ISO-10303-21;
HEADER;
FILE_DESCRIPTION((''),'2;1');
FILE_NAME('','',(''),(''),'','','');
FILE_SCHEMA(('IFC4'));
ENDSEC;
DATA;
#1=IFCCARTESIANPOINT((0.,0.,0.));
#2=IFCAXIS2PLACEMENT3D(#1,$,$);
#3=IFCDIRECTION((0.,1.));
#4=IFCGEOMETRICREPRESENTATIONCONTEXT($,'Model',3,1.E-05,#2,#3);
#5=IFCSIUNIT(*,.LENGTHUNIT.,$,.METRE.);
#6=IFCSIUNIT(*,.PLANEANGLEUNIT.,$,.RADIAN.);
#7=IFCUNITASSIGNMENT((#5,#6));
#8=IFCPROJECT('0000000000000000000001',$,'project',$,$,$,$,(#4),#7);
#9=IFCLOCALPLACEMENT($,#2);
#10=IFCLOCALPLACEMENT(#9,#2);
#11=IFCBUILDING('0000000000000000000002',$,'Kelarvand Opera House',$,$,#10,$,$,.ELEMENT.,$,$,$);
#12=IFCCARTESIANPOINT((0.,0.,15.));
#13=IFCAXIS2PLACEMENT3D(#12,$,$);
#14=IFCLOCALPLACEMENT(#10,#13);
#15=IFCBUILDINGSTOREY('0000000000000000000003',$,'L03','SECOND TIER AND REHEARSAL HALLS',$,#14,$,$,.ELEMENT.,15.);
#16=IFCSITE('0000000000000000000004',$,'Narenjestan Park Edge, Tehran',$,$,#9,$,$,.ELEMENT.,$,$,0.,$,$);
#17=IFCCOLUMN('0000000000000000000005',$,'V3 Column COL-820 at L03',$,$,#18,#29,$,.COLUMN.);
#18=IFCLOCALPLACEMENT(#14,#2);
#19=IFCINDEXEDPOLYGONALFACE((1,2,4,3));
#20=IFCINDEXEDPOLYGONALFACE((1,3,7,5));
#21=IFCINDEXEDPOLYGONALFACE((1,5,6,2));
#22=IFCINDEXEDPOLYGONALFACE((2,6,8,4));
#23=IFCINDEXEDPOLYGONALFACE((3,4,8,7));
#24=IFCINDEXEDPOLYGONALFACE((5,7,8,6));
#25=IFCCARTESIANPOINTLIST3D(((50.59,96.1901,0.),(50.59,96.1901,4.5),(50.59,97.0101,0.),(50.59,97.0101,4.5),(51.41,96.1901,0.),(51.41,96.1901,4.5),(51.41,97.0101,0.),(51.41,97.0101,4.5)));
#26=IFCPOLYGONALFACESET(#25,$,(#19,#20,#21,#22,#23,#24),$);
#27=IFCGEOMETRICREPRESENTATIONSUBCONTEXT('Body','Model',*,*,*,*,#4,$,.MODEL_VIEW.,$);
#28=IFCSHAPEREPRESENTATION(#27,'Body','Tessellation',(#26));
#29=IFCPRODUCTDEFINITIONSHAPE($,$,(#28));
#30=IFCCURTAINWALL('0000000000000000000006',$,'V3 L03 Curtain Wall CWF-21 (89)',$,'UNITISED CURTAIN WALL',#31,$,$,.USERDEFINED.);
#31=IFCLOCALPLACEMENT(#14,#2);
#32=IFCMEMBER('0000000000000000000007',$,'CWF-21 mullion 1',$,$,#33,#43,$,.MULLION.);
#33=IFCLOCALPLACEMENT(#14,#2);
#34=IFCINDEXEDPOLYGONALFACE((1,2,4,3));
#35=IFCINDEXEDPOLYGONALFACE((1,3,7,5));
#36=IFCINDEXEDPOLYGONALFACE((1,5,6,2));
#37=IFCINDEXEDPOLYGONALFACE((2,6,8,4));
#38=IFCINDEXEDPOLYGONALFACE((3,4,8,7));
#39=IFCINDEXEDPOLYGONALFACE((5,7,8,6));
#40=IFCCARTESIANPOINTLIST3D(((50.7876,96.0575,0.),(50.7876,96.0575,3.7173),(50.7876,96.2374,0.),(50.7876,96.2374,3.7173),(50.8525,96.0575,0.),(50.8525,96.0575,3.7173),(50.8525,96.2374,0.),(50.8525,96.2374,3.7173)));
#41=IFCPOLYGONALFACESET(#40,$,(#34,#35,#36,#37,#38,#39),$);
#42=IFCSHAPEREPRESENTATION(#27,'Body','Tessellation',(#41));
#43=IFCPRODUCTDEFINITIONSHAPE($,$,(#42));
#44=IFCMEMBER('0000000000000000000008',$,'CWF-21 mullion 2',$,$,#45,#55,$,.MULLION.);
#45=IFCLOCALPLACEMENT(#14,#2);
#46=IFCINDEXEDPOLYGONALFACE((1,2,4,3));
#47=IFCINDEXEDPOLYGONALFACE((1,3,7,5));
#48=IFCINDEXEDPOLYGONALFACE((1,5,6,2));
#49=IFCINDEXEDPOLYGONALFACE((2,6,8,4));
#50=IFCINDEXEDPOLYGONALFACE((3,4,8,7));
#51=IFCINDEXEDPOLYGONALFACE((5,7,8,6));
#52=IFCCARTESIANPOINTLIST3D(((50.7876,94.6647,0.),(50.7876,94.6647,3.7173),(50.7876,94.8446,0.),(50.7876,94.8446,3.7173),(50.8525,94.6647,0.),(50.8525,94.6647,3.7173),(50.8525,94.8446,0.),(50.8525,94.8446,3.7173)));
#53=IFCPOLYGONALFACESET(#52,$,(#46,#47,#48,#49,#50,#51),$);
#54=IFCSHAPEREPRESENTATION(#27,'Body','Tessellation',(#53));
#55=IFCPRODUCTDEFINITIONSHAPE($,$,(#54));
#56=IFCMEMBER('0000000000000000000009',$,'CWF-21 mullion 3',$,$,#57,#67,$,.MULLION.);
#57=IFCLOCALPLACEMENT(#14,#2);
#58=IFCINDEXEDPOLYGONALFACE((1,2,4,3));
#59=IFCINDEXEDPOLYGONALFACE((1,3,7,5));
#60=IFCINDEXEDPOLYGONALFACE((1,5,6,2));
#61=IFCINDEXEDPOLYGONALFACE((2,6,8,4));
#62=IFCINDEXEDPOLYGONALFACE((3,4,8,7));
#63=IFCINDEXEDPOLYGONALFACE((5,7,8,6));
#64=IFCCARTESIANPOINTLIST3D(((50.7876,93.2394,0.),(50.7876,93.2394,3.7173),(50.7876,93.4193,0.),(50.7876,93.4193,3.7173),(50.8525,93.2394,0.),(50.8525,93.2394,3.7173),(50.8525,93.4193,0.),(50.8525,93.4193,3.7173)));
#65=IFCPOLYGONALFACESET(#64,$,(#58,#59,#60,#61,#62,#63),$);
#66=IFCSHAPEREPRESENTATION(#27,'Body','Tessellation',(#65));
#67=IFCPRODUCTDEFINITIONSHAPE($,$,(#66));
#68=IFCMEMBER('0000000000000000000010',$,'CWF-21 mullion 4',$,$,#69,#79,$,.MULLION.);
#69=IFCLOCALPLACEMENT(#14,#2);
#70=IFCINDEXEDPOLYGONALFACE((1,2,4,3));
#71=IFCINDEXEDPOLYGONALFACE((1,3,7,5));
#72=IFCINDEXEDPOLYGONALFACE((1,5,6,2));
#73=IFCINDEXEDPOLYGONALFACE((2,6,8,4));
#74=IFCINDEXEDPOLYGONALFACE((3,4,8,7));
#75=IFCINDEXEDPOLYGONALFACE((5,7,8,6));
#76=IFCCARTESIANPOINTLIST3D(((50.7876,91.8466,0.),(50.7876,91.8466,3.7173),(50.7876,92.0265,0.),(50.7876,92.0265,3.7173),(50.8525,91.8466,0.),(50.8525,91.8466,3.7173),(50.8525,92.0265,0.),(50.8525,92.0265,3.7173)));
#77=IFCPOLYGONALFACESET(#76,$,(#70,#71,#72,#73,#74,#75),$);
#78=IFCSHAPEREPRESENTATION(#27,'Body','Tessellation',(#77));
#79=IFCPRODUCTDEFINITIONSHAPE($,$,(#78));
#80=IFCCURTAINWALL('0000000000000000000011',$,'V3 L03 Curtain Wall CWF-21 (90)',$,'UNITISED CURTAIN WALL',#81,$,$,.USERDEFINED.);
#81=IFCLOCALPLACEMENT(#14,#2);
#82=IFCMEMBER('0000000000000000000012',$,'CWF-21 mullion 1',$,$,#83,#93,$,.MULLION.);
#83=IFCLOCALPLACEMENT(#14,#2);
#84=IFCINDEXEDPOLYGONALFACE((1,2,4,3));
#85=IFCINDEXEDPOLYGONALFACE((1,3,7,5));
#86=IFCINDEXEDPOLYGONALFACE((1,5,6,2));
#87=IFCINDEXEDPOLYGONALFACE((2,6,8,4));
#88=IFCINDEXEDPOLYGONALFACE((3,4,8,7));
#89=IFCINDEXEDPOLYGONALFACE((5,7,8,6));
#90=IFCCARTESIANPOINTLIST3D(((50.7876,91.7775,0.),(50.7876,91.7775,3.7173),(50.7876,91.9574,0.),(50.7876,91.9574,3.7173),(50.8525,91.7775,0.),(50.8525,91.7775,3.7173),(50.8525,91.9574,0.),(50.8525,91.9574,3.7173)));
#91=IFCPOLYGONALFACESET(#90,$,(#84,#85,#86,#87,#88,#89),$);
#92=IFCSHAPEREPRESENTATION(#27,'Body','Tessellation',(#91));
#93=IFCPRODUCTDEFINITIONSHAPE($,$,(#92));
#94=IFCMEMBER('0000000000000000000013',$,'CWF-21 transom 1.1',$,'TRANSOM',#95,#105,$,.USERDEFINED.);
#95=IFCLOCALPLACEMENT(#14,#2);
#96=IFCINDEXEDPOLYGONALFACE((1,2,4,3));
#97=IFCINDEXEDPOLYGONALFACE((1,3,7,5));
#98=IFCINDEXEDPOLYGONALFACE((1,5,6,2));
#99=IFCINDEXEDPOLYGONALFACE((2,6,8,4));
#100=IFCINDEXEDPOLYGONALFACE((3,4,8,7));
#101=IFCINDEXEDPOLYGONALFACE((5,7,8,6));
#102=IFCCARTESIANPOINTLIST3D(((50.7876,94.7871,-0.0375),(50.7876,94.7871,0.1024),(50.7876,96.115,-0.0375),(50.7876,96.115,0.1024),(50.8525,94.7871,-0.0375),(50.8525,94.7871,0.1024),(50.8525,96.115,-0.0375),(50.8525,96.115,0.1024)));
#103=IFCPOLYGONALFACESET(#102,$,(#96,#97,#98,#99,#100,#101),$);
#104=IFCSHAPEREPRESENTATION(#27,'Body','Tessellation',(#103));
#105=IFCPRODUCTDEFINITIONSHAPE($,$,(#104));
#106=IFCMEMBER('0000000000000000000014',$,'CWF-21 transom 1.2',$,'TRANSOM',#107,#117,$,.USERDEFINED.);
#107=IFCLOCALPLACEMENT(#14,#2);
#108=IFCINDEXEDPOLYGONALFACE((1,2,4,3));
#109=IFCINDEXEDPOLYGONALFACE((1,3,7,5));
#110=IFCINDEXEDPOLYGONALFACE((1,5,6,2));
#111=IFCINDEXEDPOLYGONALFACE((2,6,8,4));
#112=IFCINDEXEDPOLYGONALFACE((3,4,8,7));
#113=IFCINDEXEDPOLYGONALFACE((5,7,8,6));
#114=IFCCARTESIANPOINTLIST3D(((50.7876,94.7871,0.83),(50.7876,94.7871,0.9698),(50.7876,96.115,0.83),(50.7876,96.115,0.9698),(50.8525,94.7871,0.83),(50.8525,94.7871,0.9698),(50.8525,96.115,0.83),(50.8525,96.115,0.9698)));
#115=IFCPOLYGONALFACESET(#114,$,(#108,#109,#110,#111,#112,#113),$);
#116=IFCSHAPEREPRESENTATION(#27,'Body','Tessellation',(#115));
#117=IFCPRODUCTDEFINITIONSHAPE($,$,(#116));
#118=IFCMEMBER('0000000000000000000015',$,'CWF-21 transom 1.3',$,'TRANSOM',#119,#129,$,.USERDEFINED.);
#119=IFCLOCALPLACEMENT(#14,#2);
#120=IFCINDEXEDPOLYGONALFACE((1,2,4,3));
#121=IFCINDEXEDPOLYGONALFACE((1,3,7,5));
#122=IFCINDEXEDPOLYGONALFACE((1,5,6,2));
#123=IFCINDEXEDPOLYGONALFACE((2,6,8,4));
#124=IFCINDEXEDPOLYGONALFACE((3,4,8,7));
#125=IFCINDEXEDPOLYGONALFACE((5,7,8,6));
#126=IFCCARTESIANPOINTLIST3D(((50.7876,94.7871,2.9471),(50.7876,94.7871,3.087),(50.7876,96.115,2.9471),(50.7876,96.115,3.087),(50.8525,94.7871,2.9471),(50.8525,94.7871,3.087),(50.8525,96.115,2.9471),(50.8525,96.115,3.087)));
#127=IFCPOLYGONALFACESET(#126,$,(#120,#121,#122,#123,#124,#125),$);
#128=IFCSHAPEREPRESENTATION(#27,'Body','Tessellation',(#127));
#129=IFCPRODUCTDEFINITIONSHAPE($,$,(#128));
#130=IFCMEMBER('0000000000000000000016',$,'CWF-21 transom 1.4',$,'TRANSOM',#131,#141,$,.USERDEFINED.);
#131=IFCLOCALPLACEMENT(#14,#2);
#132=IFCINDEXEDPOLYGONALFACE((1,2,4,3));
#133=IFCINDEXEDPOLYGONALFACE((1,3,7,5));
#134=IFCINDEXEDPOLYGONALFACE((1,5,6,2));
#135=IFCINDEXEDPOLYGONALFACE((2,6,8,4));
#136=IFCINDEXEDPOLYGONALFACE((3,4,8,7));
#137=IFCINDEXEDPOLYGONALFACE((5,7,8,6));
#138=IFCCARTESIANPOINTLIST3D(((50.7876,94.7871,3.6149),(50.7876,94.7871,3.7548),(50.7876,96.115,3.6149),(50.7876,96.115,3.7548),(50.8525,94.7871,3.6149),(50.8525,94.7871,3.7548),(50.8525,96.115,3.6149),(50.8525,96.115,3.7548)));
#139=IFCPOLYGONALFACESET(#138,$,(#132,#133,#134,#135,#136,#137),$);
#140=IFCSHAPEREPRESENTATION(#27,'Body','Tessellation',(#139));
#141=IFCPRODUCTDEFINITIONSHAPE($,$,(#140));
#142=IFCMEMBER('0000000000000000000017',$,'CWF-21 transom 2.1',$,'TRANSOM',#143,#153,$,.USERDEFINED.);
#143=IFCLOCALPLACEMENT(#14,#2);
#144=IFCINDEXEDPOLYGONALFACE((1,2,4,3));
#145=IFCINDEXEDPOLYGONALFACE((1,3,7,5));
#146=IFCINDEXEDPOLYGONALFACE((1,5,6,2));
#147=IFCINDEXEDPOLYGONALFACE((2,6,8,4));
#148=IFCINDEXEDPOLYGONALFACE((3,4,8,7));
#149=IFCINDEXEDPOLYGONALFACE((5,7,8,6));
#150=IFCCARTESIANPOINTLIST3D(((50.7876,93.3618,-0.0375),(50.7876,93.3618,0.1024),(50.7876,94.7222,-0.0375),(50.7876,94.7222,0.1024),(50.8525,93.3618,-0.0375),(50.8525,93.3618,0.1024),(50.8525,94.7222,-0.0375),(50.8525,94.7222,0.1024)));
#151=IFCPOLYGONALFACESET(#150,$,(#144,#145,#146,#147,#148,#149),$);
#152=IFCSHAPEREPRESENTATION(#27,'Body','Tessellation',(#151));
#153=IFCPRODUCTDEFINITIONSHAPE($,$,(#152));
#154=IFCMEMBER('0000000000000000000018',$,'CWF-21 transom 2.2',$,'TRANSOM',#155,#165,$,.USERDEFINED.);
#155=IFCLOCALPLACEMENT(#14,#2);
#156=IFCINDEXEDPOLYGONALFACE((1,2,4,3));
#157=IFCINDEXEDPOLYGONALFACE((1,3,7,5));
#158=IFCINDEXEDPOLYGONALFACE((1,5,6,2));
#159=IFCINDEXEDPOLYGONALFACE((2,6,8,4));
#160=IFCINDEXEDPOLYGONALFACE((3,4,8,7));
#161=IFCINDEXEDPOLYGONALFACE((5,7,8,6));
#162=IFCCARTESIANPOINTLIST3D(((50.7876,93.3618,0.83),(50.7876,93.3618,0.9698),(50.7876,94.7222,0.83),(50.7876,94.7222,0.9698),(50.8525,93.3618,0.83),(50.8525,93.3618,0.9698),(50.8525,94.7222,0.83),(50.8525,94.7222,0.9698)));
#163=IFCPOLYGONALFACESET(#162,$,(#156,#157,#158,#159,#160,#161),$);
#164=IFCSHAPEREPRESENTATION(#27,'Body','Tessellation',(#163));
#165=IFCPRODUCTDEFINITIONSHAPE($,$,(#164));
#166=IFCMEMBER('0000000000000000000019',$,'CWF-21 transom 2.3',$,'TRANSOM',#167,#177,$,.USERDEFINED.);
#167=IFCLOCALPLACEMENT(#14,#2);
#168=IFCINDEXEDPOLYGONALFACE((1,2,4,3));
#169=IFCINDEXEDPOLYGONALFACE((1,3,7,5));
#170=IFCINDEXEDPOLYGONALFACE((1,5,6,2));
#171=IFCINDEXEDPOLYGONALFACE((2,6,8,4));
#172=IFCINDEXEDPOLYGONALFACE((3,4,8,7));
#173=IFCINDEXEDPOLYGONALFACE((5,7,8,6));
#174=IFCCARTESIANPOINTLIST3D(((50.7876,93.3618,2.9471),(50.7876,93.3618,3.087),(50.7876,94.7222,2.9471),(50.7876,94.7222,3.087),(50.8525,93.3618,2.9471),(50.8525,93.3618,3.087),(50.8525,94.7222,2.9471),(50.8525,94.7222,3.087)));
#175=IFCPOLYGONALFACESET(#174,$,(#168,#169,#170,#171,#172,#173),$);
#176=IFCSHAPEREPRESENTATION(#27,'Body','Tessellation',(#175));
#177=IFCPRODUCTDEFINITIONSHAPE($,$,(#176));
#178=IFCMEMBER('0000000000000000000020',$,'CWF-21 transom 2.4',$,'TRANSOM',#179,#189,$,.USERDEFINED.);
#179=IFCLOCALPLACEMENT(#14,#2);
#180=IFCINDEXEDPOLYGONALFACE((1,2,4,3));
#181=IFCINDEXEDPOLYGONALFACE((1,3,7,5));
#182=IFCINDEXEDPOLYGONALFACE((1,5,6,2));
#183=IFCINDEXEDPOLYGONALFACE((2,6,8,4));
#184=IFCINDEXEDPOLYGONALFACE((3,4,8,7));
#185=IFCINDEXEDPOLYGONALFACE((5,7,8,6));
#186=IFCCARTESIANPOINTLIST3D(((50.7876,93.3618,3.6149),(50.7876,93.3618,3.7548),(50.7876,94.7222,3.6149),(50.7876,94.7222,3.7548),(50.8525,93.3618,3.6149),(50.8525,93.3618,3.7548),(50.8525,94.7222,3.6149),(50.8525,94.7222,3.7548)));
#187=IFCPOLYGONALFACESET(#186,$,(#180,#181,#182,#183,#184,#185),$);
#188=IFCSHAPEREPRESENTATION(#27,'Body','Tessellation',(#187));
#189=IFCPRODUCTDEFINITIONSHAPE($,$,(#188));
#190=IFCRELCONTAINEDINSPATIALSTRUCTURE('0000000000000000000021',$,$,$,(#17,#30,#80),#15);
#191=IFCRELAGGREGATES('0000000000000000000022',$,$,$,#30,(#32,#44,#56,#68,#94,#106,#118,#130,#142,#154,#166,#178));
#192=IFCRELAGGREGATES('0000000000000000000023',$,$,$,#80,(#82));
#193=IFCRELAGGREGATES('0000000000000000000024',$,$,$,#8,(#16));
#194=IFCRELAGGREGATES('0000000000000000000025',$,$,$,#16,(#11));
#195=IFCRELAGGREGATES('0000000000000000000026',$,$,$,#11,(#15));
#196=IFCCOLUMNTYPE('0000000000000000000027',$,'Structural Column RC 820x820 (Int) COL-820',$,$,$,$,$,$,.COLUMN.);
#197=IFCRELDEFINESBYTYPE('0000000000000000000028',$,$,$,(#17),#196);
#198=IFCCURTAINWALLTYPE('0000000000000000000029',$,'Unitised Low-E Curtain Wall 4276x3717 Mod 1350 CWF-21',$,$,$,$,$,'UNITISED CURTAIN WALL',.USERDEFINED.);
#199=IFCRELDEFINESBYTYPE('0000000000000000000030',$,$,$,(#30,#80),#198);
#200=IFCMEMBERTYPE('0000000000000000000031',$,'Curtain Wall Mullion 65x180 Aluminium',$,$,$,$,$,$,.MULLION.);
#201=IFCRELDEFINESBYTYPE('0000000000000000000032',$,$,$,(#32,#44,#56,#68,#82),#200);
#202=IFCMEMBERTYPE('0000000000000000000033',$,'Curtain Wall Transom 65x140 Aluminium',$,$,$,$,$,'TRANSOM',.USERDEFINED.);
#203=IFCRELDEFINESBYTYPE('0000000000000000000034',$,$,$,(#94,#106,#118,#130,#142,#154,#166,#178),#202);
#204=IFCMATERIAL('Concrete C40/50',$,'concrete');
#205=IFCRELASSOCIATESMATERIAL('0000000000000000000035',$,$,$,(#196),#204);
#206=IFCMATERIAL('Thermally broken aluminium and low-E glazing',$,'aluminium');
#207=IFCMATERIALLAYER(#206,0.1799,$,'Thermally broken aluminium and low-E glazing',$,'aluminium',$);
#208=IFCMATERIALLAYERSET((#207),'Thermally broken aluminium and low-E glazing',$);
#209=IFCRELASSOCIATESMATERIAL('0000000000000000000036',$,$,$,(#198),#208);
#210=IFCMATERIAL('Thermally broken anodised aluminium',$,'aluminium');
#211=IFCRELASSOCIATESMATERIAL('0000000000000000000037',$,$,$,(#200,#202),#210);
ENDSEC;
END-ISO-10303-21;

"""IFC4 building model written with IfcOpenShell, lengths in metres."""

from ifc_helpers import new_model, si_unit, direction, frame, origin, origin_2d, place, context, subcontext, project, spatial, rectangle, extrude, material, layer, layer_set, material_profile, profile_set, type_object, element, aggregate, save


model = new_model("IFC4")

# Units and contexts
model_context = context("Model", 3, precision=1e-05, world=origin(), true_north=direction((0.0, 1.0)))
body_context = subcontext(model_context, "Body", "Model", "MODEL_VIEW")
ifc_project = project(units=[si_unit("LENGTHUNIT", "METRE"), si_unit("PLANEANGLEUNIT", "RADIAN")], contexts=[model_context])

# Site, building, storey
site_placement = place(None, origin())
site = spatial("IfcSite", under=ifc_project, at=site_placement, Name="Narenjestan Park Edge, Tehran", CompositionType="ELEMENT", RefElevation=0.0)
building_placement = place(site_placement, origin())
building = spatial("IfcBuilding", under=site, at=building_placement, Name="Kelarvand Opera House", CompositionType="ELEMENT")
storey_placement = place(building_placement, frame((0.0, 0.0, 15.0)))
storey = spatial("IfcBuildingStorey", under=building, at=storey_placement, Name="L03", Description="SECOND TIER AND REHEARSAL HALLS", CompositionType="ELEMENT", Elevation=15.0)

# Column
ifc_material_1 = material(Name="Concrete C40/50", Category="concrete")
ifc_material_profile_1 = material_profile(ifc_material_1, rectangle(XDim=0.8201, YDim=0.8201, at=origin_2d()), Name="RC 820x820", Category="concrete")
ifc_profile_set_1 = profile_set([ifc_material_profile_1], Name="Concrete C40/50")
column_type = type_object("IfcColumnType", Name="Structural Column RC 820x820 (Int) COL-820", PredefinedType="COLUMN", material=ifc_profile_set_1)
column_placement = place(storey_placement, frame((51.0, 96.6001, 0.0), z_axis=(0.0, 0.0, 1.0), x_axis=(1.0, 0.0, 0.0)))
element("IfcColumn", 1, at=column_placement, inside=storey, type_object=column_type, Name="V3 Column COL-820 at L03", PredefinedType="COLUMN", context=body_context, shape_type="SweptSolid", body=[
    extrude(rectangle(XDim=0.8201, YDim=0.8201, at=origin_2d()), origin(), (0.0, 0.0, 1.0), 4.5),
])

# Curtain wall, members
ifc_material_2 = material(Name="Thermally broken aluminium and low-E glazing", Category="aluminium")
ifc_layer_1 = layer(ifc_material_2, 0.1799, Name="Thermally broken aluminium and low-E glazing", Category="aluminium")
ifc_layer_set_1 = layer_set([ifc_layer_1], Name="Thermally broken aluminium and low-E glazing")
curtain_wall_type = type_object("IfcCurtainWallType", Name="Unitised Low-E Curtain Wall 4276x3717 Mod 1350 CWF-21", ElementType="UNITISED CURTAIN WALL", PredefinedType="USERDEFINED", material=ifc_layer_set_1)
curtain_wall_1_placement = place(storey_placement, origin())
curtain_wall_1 = element("IfcCurtainWall", 2, at=curtain_wall_1_placement, inside=storey, type_object=curtain_wall_type, Name="V3 L03 Curtain Wall CWF-21 (89)", ObjectType="UNITISED CURTAIN WALL", PredefinedType="USERDEFINED")
ifc_material_3 = material(Name="Thermally broken anodised aluminium", Category="aluminium")
ifc_material_profile_2 = material_profile(ifc_material_3, rectangle(XDim=0.0649, YDim=0.1799, at=origin_2d()), Name="ALU MULLION 65x180", Category="aluminium")
ifc_profile_set_2 = profile_set([ifc_material_profile_2], Name="Thermally broken anodised aluminium")
member_type_1 = type_object("IfcMemberType", Name="Curtain Wall Mullion 65x180 Aluminium", PredefinedType="MULLION", material=ifc_profile_set_2)
member_1_placement = place(storey_placement, frame((50.8201, 96.1475, 0.0), z_axis=(0.0, 0.0, 1.0), x_axis=(1.0, 0.0, 0.0)))
member_1 = element("IfcMember", 3, at=member_1_placement, type_object=member_type_1, Name="CWF-21 mullion 1", PredefinedType="MULLION", context=body_context, shape_type="SweptSolid", body=[
    extrude(rectangle(XDim=0.0649, YDim=0.1799, at=origin_2d()), origin(), (0.0, 0.0, 1.0), 3.7173),
])
member_2_placement = place(storey_placement, frame((50.8201, 94.7546, 0.0), z_axis=(0.0, 0.0, 1.0), x_axis=(1.0, 0.0, 0.0)))
member_2 = element("IfcMember", 4, at=member_2_placement, type_object=member_type_1, Name="CWF-21 mullion 2", PredefinedType="MULLION", context=body_context, shape_type="SweptSolid", body=[
    extrude(rectangle(XDim=0.0649, YDim=0.1799, at=origin_2d()), origin(), (0.0, 0.0, 1.0), 3.7173),
])
member_3_placement = place(storey_placement, frame((50.8201, 93.3293, 0.0), z_axis=(0.0, 0.0, 1.0), x_axis=(1.0, 0.0, 0.0)))
member_3 = element("IfcMember", 5, at=member_3_placement, type_object=member_type_1, Name="CWF-21 mullion 3", PredefinedType="MULLION", context=body_context, shape_type="SweptSolid", body=[
    extrude(rectangle(XDim=0.0649, YDim=0.1799, at=origin_2d()), origin(), (0.0, 0.0, 1.0), 3.7173),
])
member_4_placement = place(storey_placement, frame((50.8201, 91.9365, 0.0), z_axis=(0.0, 0.0, 1.0), x_axis=(1.0, 0.0, 0.0)))
member_4 = element("IfcMember", 6, at=member_4_placement, type_object=member_type_1, Name="CWF-21 mullion 4", PredefinedType="MULLION", context=body_context, shape_type="SweptSolid", body=[
    extrude(rectangle(XDim=0.0649, YDim=0.1799, at=origin_2d()), origin(), (0.0, 0.0, 1.0), 3.7173),
])

# Curtain wall, member
curtain_wall_2_placement = place(storey_placement, origin())
curtain_wall_2 = element("IfcCurtainWall", 7, at=curtain_wall_2_placement, inside=storey, type_object=curtain_wall_type, Name="V3 L03 Curtain Wall CWF-21 (90)", ObjectType="UNITISED CURTAIN WALL", PredefinedType="USERDEFINED")
member_5_placement = place(storey_placement, frame((50.8201, 91.8674, 0.0), z_axis=(0.0, 0.0, 1.0), x_axis=(1.0, 0.0, 0.0)))
member_5 = element("IfcMember", 8, at=member_5_placement, type_object=member_type_1, Name="CWF-21 mullion 1", PredefinedType="MULLION", context=body_context, shape_type="SweptSolid", body=[
    extrude(rectangle(XDim=0.0649, YDim=0.1799, at=origin_2d()), origin(), (0.0, 0.0, 1.0), 3.7173),
])

# Members
ifc_material_profile_3 = material_profile(ifc_material_3, rectangle(XDim=0.0649, YDim=0.1399, at=origin_2d()), Name="ALU TRANSOM 65x140", Category="aluminium")
ifc_profile_set_3 = profile_set([ifc_material_profile_3], Name="Thermally broken anodised aluminium")
member_type_2 = type_object("IfcMemberType", Name="Curtain Wall Transom 65x140 Aluminium", ElementType="TRANSOM", PredefinedType="USERDEFINED", material=ifc_profile_set_3)
member_6_placement = place(storey_placement, frame((50.8201, 96.115, 0.0325), z_axis=(0.0, -1.0, 0.0), x_axis=(1.0, 0.0, 0.0)))
member_6 = element("IfcMember", 9, at=member_6_placement, type_object=member_type_2, Name="CWF-21 transom 1.1", ObjectType="TRANSOM", PredefinedType="USERDEFINED", context=body_context, shape_type="SweptSolid", body=[
    extrude(rectangle(XDim=0.0649, YDim=0.1399, at=origin_2d()), origin(), (0.0, 0.0, 1.0), 1.3279),
])
member_7_placement = place(storey_placement, frame((50.8201, 96.115, 0.8999), z_axis=(0.0, -1.0, 0.0), x_axis=(1.0, 0.0, 0.0)))
member_7 = element("IfcMember", 10, at=member_7_placement, type_object=member_type_2, Name="CWF-21 transom 1.2", ObjectType="TRANSOM", PredefinedType="USERDEFINED", context=body_context, shape_type="SweptSolid", body=[
    extrude(rectangle(XDim=0.0649, YDim=0.1399, at=origin_2d()), origin(), (0.0, 0.0, 1.0), 1.3279),
])
member_8_placement = place(storey_placement, frame((50.8201, 96.115, 3.0171), z_axis=(0.0, -1.0, 0.0), x_axis=(1.0, 0.0, 0.0)))
member_8 = element("IfcMember", 11, at=member_8_placement, type_object=member_type_2, Name="CWF-21 transom 1.3", ObjectType="TRANSOM", PredefinedType="USERDEFINED", context=body_context, shape_type="SweptSolid", body=[
    extrude(rectangle(XDim=0.0649, YDim=0.1399, at=origin_2d()), origin(), (0.0, 0.0, 1.0), 1.3279),
])
member_9_placement = place(storey_placement, frame((50.8201, 96.115, 3.6848), z_axis=(0.0, -1.0, 0.0), x_axis=(1.0, 0.0, 0.0)))
member_9 = element("IfcMember", 12, at=member_9_placement, type_object=member_type_2, Name="CWF-21 transom 1.4", ObjectType="TRANSOM", PredefinedType="USERDEFINED", context=body_context, shape_type="SweptSolid", body=[
    extrude(rectangle(XDim=0.0649, YDim=0.1399, at=origin_2d()), origin(), (0.0, 0.0, 1.0), 1.3279),
])
member_10_placement = place(storey_placement, frame((50.8201, 94.7222, 0.0325), z_axis=(0.0, -1.0, 0.0), x_axis=(1.0, 0.0, 0.0)))
member_10 = element("IfcMember", 13, at=member_10_placement, type_object=member_type_2, Name="CWF-21 transom 2.1", ObjectType="TRANSOM", PredefinedType="USERDEFINED", context=body_context, shape_type="SweptSolid", body=[
    extrude(rectangle(XDim=0.0649, YDim=0.1399, at=origin_2d()), origin(), (0.0, 0.0, 1.0), 1.3604),
])
member_11_placement = place(storey_placement, frame((50.8201, 94.7222, 0.8999), z_axis=(0.0, -1.0, 0.0), x_axis=(1.0, 0.0, 0.0)))
member_11 = element("IfcMember", 14, at=member_11_placement, type_object=member_type_2, Name="CWF-21 transom 2.2", ObjectType="TRANSOM", PredefinedType="USERDEFINED", context=body_context, shape_type="SweptSolid", body=[
    extrude(rectangle(XDim=0.0649, YDim=0.1399, at=origin_2d()), origin(), (0.0, 0.0, 1.0), 1.3604),
])
member_12_placement = place(storey_placement, frame((50.8201, 94.7222, 3.0171), z_axis=(0.0, -1.0, 0.0), x_axis=(1.0, 0.0, 0.0)))
member_12 = element("IfcMember", 15, at=member_12_placement, type_object=member_type_2, Name="CWF-21 transom 2.3", ObjectType="TRANSOM", PredefinedType="USERDEFINED", context=body_context, shape_type="SweptSolid", body=[
    extrude(rectangle(XDim=0.0649, YDim=0.1399, at=origin_2d()), origin(), (0.0, 0.0, 1.0), 1.3604),
])
member_13_placement = place(storey_placement, frame((50.8201, 94.7222, 3.6848), z_axis=(0.0, -1.0, 0.0), x_axis=(1.0, 0.0, 0.0)))
member_13 = element("IfcMember", 16, at=member_13_placement, type_object=member_type_2, Name="CWF-21 transom 2.4", ObjectType="TRANSOM", PredefinedType="USERDEFINED", context=body_context, shape_type="SweptSolid", body=[
    extrude(rectangle(XDim=0.0649, YDim=0.1399, at=origin_2d()), origin(), (0.0, 0.0, 1.0), 1.3604),
])

aggregate(curtain_wall_1, [member_1, member_2, member_3, member_4, member_6, member_7, member_8, member_9, member_10, member_11, member_12, member_13])
aggregate(curtain_wall_2, [member_5])

save(model, "model.ifc")
